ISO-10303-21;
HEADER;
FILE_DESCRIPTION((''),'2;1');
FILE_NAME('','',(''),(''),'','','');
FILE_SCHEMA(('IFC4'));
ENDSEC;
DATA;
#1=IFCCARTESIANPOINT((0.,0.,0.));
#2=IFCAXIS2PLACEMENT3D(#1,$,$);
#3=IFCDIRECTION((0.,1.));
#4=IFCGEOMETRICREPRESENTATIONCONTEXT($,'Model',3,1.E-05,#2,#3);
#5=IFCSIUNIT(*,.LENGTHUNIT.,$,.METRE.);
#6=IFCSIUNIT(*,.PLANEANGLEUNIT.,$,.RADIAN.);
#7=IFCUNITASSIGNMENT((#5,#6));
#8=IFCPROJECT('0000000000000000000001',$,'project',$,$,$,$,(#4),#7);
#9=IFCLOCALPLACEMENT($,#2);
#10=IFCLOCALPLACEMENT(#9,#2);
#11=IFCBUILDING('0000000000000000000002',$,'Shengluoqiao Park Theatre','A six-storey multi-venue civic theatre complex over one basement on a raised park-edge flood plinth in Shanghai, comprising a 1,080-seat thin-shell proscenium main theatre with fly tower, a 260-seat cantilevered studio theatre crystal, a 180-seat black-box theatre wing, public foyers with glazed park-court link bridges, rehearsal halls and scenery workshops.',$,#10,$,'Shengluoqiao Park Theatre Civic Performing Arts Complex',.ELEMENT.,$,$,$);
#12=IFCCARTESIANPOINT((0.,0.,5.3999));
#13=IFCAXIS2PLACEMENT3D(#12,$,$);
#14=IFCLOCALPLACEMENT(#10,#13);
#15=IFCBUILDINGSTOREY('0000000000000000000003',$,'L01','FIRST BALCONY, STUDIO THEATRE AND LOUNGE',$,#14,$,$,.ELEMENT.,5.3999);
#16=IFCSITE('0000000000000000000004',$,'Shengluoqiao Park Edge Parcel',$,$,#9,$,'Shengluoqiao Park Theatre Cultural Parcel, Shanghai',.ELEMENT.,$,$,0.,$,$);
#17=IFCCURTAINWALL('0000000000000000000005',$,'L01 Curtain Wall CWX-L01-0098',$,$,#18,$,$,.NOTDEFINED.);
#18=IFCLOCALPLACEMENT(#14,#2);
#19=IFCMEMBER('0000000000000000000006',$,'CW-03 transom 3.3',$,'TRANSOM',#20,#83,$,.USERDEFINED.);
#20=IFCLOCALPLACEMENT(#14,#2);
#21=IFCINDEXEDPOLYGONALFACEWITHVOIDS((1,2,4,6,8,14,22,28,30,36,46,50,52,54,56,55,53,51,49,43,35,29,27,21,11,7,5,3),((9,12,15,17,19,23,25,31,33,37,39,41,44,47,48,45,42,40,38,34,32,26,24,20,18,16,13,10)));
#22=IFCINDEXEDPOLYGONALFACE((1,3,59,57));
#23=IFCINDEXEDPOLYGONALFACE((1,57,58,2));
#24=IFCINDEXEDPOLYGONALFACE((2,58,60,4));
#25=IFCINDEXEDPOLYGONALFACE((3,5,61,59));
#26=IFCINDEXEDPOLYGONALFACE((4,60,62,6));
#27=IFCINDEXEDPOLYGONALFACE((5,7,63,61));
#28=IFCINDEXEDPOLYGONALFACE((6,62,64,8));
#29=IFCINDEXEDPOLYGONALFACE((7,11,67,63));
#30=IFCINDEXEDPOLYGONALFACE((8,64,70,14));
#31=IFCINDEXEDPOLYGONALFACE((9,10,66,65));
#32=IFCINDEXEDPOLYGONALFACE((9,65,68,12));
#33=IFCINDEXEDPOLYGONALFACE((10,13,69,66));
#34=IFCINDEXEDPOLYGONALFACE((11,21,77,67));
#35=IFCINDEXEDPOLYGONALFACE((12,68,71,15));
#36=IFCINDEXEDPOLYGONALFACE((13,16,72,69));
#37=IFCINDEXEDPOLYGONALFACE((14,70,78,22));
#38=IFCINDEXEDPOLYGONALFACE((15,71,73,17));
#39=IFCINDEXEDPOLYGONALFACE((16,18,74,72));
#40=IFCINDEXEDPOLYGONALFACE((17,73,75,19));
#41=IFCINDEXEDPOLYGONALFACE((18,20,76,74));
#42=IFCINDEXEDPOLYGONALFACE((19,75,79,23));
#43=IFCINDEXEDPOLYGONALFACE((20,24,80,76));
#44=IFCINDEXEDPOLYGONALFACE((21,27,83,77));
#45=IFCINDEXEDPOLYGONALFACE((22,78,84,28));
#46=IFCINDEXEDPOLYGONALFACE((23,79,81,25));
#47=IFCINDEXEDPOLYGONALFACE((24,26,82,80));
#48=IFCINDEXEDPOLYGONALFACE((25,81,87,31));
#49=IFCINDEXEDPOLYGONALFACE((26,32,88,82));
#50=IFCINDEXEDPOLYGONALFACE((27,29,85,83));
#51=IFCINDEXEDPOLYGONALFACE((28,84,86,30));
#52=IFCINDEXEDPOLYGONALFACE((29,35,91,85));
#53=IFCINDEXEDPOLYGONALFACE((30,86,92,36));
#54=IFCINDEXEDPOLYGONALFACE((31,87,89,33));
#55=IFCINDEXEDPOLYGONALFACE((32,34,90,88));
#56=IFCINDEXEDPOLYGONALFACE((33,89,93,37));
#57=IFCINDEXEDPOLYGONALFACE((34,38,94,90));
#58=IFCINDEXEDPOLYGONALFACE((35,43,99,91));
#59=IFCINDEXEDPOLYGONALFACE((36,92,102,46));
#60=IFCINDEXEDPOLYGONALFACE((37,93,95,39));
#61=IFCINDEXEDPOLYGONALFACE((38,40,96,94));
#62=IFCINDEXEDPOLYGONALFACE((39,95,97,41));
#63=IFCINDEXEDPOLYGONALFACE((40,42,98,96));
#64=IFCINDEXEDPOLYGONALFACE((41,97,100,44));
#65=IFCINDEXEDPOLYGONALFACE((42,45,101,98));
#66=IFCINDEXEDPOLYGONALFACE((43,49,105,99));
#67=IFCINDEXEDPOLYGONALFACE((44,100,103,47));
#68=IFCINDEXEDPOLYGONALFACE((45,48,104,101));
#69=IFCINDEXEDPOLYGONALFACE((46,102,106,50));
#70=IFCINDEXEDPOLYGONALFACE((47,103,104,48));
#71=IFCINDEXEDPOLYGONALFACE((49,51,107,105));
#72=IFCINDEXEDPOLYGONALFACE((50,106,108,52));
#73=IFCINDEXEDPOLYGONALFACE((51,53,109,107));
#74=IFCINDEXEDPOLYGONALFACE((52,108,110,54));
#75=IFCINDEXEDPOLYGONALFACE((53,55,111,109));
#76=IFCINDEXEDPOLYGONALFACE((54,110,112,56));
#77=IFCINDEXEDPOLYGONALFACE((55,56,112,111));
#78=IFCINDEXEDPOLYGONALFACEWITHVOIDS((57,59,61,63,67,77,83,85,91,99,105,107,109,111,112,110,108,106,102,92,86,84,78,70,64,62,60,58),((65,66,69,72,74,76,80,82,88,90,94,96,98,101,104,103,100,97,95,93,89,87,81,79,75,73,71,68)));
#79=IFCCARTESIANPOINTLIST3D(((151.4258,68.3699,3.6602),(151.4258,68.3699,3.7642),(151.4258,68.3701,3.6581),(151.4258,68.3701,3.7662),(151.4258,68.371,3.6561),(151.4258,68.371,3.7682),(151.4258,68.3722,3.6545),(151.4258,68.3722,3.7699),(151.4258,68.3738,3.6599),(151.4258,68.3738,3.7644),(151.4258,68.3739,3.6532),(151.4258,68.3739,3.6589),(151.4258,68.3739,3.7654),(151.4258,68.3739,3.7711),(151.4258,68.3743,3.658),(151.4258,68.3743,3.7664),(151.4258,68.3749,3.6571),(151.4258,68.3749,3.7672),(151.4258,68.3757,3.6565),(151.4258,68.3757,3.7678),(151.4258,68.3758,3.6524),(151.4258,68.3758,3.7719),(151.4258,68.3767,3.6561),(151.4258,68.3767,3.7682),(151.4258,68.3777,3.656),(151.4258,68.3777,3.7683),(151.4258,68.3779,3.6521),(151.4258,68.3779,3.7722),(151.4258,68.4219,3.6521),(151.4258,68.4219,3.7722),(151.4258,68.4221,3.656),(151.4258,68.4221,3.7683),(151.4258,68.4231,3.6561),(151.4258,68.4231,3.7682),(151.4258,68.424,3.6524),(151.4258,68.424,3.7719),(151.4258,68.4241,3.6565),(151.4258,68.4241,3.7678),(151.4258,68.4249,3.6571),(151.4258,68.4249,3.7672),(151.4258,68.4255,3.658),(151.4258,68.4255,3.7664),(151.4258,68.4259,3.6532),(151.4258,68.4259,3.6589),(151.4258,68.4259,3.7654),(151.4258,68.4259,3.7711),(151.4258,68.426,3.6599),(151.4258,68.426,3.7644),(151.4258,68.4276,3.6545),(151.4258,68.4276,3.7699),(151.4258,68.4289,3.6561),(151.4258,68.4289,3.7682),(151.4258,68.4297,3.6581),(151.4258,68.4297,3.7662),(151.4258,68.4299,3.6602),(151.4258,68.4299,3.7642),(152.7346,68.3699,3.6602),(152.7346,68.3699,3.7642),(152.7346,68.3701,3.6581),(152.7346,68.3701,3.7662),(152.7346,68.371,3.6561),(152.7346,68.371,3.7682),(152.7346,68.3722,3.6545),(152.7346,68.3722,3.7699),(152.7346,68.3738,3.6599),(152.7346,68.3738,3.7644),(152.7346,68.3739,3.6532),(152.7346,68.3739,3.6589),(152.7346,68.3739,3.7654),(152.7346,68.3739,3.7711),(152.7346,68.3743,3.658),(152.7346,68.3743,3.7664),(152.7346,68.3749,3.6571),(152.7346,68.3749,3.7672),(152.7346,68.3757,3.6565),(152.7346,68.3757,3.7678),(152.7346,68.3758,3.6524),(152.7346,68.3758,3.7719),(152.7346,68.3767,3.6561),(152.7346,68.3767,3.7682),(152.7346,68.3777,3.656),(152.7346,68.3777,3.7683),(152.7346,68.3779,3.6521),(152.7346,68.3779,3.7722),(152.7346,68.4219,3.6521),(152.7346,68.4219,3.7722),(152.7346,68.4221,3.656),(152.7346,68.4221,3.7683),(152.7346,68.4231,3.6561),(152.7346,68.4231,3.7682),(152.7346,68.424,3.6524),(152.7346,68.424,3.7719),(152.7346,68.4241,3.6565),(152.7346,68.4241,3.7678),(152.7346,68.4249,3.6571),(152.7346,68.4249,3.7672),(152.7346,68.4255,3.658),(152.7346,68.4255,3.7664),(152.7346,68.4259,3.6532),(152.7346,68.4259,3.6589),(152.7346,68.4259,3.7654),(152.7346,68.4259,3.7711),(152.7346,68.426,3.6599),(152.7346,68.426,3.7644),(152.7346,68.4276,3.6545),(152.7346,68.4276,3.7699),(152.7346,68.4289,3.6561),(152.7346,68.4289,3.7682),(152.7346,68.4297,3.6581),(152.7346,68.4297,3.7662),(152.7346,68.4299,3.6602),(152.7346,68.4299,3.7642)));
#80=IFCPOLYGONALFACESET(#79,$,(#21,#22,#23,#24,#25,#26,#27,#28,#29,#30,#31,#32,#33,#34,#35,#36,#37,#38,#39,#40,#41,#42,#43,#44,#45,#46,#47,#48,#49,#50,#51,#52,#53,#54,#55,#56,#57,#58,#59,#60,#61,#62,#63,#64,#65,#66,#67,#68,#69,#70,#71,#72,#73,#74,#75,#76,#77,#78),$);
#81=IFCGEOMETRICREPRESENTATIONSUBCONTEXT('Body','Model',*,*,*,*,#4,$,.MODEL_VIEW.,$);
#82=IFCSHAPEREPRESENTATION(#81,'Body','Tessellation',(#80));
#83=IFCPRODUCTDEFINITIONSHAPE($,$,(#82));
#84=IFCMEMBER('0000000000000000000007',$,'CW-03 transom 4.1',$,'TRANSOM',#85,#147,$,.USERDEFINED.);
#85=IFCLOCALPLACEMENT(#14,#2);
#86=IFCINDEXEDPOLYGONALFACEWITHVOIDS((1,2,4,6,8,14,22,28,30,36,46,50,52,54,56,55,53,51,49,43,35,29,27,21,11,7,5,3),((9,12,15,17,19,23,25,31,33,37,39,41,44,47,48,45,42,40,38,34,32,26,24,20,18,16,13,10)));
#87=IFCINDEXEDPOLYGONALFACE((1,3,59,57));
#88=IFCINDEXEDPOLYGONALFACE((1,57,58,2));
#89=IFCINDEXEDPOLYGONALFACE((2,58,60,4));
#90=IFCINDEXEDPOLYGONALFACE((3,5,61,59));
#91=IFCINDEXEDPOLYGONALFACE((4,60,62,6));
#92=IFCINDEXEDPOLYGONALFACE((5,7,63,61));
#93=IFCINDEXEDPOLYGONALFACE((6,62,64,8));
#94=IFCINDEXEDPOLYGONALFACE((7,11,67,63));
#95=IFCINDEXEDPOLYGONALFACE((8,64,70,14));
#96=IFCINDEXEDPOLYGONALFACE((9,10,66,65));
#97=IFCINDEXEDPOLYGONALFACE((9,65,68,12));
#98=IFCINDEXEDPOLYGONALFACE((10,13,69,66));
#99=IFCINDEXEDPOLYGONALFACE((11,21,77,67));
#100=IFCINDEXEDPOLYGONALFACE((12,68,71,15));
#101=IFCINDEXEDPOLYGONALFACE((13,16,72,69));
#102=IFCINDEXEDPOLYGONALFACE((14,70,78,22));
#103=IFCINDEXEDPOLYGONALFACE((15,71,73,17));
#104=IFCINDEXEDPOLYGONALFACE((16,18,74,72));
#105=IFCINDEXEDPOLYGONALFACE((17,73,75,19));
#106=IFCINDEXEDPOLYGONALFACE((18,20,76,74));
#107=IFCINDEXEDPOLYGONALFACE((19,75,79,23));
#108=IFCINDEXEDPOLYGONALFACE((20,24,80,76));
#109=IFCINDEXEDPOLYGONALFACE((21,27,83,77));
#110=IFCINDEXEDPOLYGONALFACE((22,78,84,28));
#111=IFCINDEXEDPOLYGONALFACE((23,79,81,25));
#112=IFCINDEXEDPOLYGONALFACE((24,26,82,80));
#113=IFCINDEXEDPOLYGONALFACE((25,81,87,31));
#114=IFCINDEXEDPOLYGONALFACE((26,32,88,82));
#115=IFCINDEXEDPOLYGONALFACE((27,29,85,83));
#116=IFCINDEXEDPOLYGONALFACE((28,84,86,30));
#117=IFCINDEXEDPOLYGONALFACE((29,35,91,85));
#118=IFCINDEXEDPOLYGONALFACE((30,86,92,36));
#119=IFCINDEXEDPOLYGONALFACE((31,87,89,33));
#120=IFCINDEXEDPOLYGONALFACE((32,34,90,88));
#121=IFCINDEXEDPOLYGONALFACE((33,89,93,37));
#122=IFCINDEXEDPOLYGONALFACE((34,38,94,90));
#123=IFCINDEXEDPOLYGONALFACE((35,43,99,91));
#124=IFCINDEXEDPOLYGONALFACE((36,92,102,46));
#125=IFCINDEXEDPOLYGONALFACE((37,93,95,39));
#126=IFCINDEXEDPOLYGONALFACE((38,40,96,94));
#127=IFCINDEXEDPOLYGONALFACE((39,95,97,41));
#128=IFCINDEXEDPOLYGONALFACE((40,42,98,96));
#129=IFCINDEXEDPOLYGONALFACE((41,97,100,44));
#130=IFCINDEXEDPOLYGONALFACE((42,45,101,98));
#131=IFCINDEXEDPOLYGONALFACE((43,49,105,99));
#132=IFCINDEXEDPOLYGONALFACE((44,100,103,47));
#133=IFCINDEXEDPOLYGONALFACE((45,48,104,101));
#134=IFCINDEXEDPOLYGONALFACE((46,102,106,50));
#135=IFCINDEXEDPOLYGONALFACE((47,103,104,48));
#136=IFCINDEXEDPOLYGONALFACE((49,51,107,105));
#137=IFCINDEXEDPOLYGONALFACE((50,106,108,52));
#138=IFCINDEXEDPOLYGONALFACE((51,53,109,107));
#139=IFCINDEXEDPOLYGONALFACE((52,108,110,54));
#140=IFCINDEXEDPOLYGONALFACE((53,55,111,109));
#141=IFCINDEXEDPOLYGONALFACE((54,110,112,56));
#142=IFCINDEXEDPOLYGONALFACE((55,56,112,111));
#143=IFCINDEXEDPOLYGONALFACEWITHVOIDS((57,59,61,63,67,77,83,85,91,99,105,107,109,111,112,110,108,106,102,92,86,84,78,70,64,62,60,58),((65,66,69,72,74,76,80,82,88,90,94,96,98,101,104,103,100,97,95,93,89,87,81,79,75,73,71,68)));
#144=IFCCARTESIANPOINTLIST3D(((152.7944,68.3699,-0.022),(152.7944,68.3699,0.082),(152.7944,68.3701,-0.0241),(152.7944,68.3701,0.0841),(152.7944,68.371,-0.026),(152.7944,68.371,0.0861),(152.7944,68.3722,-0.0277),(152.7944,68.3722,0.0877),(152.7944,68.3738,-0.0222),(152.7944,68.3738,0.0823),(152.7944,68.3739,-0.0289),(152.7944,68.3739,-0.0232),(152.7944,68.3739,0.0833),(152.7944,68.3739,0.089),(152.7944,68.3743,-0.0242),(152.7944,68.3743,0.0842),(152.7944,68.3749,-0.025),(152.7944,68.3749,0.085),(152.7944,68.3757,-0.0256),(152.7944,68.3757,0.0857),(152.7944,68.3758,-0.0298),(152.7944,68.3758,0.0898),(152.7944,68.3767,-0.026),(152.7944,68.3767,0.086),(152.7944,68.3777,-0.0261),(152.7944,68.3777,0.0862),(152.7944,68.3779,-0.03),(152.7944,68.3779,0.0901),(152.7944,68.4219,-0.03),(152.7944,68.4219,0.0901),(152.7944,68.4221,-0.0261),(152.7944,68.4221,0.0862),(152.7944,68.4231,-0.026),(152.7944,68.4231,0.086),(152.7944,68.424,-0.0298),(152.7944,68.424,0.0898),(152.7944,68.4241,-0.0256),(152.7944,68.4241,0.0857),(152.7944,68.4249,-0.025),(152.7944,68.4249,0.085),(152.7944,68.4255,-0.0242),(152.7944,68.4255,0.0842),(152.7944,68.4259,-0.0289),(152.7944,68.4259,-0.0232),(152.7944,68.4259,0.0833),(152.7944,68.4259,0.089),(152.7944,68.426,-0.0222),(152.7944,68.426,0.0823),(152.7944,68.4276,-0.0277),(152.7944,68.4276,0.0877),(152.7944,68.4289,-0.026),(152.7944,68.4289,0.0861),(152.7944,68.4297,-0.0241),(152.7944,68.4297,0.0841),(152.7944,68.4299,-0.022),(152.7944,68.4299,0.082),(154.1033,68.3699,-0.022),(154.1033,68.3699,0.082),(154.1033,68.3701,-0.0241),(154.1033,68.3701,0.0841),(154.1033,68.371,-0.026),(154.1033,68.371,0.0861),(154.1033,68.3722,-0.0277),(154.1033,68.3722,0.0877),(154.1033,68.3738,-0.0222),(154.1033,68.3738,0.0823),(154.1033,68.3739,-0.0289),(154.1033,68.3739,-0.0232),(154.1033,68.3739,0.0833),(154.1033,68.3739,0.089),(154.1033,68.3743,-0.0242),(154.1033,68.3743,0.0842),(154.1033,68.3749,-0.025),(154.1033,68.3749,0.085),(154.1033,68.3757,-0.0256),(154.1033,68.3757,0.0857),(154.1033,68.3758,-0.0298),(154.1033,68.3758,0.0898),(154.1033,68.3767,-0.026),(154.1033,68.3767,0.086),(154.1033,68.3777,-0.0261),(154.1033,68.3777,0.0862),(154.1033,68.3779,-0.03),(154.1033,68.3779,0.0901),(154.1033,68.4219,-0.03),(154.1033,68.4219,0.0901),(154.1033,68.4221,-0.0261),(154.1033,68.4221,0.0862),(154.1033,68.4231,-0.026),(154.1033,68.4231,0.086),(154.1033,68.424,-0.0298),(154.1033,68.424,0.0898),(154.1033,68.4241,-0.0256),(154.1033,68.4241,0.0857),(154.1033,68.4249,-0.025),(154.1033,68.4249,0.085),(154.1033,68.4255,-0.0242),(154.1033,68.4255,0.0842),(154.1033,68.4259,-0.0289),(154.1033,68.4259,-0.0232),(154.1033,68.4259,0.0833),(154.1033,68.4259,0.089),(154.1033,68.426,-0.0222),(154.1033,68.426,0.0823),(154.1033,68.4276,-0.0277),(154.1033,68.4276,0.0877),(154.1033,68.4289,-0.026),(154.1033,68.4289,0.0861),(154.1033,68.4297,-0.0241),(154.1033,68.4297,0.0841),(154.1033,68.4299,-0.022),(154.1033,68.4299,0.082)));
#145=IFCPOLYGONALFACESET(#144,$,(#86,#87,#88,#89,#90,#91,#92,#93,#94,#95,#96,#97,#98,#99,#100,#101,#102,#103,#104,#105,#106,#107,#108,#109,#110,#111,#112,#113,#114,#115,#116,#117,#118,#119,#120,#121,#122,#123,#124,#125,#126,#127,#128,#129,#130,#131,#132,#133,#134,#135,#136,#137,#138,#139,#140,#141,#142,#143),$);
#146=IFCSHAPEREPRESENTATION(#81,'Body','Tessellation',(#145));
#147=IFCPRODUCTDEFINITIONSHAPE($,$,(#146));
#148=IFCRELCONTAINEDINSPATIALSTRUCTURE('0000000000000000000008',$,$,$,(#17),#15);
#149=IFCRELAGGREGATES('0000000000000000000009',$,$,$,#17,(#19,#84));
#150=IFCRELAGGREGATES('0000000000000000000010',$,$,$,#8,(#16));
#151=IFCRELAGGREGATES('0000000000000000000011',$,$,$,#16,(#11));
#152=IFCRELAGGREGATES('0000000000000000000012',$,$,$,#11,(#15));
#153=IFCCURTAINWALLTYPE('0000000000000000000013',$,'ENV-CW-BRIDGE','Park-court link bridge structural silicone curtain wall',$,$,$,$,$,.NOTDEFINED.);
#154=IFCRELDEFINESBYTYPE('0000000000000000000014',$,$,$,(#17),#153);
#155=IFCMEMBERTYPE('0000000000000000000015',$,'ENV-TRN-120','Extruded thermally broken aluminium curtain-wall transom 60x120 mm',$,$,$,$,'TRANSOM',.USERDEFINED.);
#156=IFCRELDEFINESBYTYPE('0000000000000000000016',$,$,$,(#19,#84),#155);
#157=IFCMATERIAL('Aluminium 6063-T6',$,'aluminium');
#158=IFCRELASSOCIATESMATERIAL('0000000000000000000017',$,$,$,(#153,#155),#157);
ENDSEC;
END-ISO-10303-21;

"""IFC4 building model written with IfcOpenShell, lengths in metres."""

from ifc_helpers import new_model, si_unit, direction, frame, origin, origin_2d, place, context, subcontext, project, spatial, hollow_rectangle, extrude, material, material_profile, profile_set, type_object, element, aggregate, save


model = new_model("IFC4")

# Units and contexts
model_context = context("Model", 3, precision=1e-05, world=origin(), true_north=direction((0.0, 1.0)))
body_context = subcontext(model_context, "Body", "Model", "MODEL_VIEW")
ifc_project = project(units=[si_unit("LENGTHUNIT", "METRE"), si_unit("PLANEANGLEUNIT", "RADIAN")], contexts=[model_context])

# Site, building, storey
site_placement = place(None, origin())
site = spatial("IfcSite", under=ifc_project, at=site_placement, Name="Shengluoqiao Park Edge Parcel", LongName="Shengluoqiao Park Theatre Cultural Parcel, Shanghai", CompositionType="ELEMENT", RefElevation=0.0)
building_placement = place(site_placement, origin())
building = spatial("IfcBuilding", under=site, at=building_placement, Name="Shengluoqiao Park Theatre", Description="A six-storey multi-venue civic theatre complex over one basement on a raised park-edge flood plinth in Shanghai, comprising a 1,080-seat thin-shell proscenium main theatre with fly tower, a 260-seat cantilevered studio theatre crystal, a 180-seat black-box theatre wing, public foyers with glazed park-court link bridges, rehearsal halls and scenery workshops.", LongName="Shengluoqiao Park Theatre Civic Performing Arts Complex", CompositionType="ELEMENT")
storey_placement = place(building_placement, frame((0.0, 0.0, 5.3999)))
storey = spatial("IfcBuildingStorey", under=building, at=storey_placement, Name="L01", Description="FIRST BALCONY, STUDIO THEATRE AND LOUNGE", CompositionType="ELEMENT", Elevation=5.3999)

# Curtain wall
ifc_material_1 = material(Name="Aluminium 6063-T6", Category="aluminium")
curtain_wall_type = type_object("IfcCurtainWallType", Name="ENV-CW-BRIDGE", Description="Park-court link bridge structural silicone curtain wall", PredefinedType="NOTDEFINED", material=ifc_material_1)
curtain_wall_1_placement = place(storey_placement, origin())
curtain_wall_1 = element("IfcCurtainWall", 1, at=curtain_wall_1_placement, inside=storey, type_object=curtain_wall_type, Name="L01 Curtain Wall CWX-L01-0098", PredefinedType="NOTDEFINED")

# Members
ifc_material_profile_1 = material_profile(ifc_material_1, hollow_rectangle(XDim=0.0601, YDim=0.1201, WallThickness=0.0039, InnerFilletRadius=0.0039, OuterFilletRadius=0.0081, at=origin_2d()), Name="ALU TRANSOM 120x60x4")
ifc_profile_set_1 = profile_set([ifc_material_profile_1], Name="Aluminium 6063-T6")
member_type_1 = type_object("IfcMemberType", Name="ENV-TRN-120", Description="Extruded thermally broken aluminium curtain-wall transom 60x120 mm", ElementType="TRANSOM", PredefinedType="USERDEFINED", material=ifc_profile_set_1)
member_1_placement = place(storey_placement, frame((151.4258, 68.3999, 3.7122), z_axis=(1.0, 0.0, 0.0), x_axis=(0.0, 1.0, 0.0)))
member_1 = element("IfcMember", 2, at=member_1_placement, type_object=member_type_1, Name="CW-03 transom 3.3", ObjectType="TRANSOM", PredefinedType="USERDEFINED", context=body_context, shape_type="SweptSolid", body=[
    extrude(hollow_rectangle(XDim=0.0601, YDim=0.1201, WallThickness=0.0039, InnerFilletRadius=0.0039, OuterFilletRadius=0.0081, at=origin_2d()), origin(), (0.0, 0.0, 1.0), 1.3088),
])
member_2_placement = place(storey_placement, frame((152.7944, 68.3999, 0.03), z_axis=(1.0, 0.0, 0.0), x_axis=(0.0, 1.0, 0.0)))
member_2 = element("IfcMember", 3, at=member_2_placement, type_object=member_type_1, Name="CW-03 transom 4.1", ObjectType="TRANSOM", PredefinedType="USERDEFINED", context=body_context, shape_type="SweptSolid", body=[
    extrude(hollow_rectangle(XDim=0.0601, YDim=0.1201, WallThickness=0.0039, InnerFilletRadius=0.0039, OuterFilletRadius=0.0081, at=origin_2d()), origin(), (0.0, 0.0, 1.0), 1.3088),
])

aggregate(curtain_wall_1, [member_1, member_2])

save(model, "model.ifc")
